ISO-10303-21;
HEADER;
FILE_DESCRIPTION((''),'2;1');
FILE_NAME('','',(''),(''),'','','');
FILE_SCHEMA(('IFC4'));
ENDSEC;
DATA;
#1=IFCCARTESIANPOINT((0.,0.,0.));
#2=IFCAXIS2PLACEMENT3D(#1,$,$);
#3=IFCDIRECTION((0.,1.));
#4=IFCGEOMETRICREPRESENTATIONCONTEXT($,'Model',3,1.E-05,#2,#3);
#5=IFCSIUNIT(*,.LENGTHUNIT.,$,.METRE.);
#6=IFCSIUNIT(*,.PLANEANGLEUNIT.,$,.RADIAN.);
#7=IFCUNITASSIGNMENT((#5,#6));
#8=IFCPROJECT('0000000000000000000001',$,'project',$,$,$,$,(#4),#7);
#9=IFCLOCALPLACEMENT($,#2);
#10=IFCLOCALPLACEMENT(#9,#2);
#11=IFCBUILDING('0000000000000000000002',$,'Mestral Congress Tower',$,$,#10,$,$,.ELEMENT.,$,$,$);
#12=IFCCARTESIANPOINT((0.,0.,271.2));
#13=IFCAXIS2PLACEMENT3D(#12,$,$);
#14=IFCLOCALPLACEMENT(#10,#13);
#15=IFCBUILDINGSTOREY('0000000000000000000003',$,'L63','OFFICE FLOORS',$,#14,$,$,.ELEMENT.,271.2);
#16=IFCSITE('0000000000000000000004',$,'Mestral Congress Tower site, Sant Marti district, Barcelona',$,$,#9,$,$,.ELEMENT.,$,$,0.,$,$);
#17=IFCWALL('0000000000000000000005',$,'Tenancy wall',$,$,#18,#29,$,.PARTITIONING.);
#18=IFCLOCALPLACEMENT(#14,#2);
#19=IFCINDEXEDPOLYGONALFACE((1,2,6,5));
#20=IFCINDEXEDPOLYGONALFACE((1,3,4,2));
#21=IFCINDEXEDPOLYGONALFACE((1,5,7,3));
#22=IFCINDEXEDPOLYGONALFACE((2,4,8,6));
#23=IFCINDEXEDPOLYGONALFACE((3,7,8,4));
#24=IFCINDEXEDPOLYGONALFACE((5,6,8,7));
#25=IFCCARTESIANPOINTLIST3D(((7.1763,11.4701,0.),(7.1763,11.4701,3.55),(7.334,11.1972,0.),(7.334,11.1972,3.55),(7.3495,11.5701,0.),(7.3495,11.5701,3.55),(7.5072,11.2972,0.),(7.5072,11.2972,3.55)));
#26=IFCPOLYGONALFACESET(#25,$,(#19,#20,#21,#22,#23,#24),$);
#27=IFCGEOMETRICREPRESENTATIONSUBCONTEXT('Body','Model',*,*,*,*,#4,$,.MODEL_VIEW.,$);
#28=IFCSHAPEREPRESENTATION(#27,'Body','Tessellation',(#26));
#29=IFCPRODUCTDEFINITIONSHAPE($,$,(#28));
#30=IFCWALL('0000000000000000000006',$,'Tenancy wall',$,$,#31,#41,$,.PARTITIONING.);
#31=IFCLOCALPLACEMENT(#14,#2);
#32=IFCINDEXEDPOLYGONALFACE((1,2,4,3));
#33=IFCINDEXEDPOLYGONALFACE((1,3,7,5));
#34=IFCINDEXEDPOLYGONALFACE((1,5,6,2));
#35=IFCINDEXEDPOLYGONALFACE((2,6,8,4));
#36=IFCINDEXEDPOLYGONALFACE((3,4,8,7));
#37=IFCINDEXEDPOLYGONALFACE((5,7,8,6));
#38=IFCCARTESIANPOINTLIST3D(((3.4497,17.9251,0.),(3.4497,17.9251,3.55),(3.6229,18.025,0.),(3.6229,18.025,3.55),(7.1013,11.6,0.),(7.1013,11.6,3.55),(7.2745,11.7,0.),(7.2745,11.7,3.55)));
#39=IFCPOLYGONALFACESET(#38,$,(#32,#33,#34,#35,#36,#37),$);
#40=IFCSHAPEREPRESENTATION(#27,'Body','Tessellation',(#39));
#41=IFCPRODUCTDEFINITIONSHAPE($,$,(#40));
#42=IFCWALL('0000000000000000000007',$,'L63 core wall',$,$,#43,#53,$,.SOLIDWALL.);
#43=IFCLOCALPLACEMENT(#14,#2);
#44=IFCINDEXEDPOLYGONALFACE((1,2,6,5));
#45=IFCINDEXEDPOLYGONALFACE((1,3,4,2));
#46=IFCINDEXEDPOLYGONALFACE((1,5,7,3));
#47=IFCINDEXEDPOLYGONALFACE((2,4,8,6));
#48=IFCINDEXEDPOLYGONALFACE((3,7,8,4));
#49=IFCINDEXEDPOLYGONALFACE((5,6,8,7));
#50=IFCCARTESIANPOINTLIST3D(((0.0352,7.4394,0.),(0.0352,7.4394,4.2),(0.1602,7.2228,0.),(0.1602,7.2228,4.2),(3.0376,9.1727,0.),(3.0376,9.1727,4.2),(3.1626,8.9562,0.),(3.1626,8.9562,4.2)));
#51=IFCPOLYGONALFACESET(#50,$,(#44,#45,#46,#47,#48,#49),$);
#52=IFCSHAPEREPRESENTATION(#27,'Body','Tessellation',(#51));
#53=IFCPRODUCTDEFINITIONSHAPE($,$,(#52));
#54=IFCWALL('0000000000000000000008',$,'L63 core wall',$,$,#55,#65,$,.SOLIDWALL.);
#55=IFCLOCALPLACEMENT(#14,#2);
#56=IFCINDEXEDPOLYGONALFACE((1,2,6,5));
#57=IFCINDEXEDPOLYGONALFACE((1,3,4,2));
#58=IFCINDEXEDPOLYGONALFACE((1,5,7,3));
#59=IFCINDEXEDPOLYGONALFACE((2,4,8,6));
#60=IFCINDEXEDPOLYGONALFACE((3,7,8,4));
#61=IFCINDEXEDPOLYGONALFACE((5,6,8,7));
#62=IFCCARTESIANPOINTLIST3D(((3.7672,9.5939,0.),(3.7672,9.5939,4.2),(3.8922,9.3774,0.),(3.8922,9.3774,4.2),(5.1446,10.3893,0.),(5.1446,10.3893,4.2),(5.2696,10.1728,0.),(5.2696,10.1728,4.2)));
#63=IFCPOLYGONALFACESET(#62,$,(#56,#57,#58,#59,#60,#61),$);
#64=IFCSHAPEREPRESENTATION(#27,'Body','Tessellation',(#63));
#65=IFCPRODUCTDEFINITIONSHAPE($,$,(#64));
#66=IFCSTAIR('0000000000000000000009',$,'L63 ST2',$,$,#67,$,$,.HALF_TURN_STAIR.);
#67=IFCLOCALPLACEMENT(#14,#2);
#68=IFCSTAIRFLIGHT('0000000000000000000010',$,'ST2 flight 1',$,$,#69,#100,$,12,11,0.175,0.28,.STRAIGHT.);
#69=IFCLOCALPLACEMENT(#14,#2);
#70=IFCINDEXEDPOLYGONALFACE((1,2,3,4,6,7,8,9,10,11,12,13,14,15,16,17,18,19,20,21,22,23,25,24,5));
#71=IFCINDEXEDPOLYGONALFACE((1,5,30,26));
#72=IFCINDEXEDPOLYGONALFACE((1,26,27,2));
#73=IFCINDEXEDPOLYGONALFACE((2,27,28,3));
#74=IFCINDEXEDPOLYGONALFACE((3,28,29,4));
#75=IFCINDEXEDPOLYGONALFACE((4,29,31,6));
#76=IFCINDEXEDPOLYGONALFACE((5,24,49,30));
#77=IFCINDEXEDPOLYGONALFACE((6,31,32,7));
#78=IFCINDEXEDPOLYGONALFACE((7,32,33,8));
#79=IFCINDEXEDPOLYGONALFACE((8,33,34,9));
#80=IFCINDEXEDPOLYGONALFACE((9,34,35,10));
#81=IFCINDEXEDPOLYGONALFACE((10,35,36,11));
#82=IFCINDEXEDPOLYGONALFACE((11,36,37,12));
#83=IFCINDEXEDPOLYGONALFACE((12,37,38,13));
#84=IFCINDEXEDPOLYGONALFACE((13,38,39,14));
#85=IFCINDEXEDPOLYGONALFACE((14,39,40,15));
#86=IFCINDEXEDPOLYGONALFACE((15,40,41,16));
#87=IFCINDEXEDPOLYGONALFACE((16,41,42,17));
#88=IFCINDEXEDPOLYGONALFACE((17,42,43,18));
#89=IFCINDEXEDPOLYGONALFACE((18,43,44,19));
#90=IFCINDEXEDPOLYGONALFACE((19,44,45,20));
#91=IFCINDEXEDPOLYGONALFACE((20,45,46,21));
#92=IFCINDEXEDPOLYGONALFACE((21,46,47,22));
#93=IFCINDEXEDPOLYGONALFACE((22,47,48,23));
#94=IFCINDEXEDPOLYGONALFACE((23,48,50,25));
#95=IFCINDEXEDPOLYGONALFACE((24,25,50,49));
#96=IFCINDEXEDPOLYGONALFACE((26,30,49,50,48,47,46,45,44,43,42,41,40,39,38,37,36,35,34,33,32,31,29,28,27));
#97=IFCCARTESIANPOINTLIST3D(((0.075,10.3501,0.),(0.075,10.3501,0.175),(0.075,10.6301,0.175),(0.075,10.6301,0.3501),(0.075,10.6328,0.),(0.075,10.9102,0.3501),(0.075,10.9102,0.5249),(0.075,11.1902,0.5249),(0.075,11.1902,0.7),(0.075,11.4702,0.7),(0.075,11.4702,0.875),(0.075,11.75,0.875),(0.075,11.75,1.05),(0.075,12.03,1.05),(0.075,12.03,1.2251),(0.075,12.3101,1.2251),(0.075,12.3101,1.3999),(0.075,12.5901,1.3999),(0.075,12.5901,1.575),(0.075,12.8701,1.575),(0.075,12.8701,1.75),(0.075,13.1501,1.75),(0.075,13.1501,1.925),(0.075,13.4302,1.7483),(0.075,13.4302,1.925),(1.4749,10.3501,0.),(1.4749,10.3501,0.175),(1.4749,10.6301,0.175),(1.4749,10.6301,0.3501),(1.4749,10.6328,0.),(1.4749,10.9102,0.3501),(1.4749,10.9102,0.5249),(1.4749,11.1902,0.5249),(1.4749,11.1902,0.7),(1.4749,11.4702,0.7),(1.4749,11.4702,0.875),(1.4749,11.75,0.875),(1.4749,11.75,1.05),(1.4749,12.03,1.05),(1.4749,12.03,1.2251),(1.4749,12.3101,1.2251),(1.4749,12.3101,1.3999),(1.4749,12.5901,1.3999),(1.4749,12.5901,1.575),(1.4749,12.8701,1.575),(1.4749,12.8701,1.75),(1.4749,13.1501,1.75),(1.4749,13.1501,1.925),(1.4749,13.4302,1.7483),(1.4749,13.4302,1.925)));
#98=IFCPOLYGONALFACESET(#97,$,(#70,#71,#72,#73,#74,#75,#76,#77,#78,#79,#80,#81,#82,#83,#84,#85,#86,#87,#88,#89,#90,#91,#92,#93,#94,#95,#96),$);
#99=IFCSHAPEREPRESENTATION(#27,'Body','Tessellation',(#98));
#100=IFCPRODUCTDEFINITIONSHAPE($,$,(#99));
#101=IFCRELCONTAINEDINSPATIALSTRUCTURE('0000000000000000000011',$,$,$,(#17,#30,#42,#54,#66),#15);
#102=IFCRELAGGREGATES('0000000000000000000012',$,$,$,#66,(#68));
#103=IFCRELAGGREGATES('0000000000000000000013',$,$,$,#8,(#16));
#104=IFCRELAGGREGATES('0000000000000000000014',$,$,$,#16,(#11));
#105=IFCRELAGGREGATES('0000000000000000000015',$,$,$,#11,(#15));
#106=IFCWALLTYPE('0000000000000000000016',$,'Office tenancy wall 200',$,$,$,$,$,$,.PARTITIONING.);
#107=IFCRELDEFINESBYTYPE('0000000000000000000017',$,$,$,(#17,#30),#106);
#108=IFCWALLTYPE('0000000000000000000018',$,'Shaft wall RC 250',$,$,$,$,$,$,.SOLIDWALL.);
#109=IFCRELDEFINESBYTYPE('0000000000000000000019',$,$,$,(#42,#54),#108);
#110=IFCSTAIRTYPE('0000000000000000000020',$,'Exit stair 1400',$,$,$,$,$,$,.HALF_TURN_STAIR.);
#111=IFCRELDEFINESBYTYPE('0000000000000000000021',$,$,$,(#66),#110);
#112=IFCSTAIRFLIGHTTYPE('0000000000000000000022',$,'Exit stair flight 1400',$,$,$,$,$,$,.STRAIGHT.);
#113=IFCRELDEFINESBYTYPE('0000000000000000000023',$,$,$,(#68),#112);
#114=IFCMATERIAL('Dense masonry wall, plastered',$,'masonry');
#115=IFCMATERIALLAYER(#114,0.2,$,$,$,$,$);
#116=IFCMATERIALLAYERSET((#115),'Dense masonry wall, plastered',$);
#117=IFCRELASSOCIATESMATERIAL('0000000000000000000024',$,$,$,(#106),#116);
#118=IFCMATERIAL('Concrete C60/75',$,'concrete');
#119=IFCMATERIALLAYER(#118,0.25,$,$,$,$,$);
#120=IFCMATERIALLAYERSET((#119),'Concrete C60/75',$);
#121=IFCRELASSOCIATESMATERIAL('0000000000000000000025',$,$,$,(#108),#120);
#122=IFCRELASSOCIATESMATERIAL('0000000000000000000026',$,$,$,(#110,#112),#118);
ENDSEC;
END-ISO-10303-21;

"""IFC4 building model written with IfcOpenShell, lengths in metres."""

from ifc_helpers import new_model, si_unit, direction, frame, frame_2d, origin, place, context, subcontext, project, spatial, polyline, rectangle, outline, extrude, material, layer, layer_set, type_object, element, aggregate, save


model = new_model("IFC4")

# Units and contexts
model_context = context("Model", 3, precision=1e-05, world=origin(), true_north=direction((0.0, 1.0)))
body_context = subcontext(model_context, "Body", "Model", "MODEL_VIEW")
ifc_project = project(units=[si_unit("LENGTHUNIT", "METRE"), si_unit("PLANEANGLEUNIT", "RADIAN")], contexts=[model_context])

# Site, building, storey
site_placement = place(None, origin())
site = spatial("IfcSite", under=ifc_project, at=site_placement, Name="Mestral Congress Tower site, Sant Marti district, Barcelona", CompositionType="ELEMENT", RefElevation=0.0)
building_placement = place(site_placement, origin())
building = spatial("IfcBuilding", under=site, at=building_placement, Name="Mestral Congress Tower", CompositionType="ELEMENT")
storey_placement = place(building_placement, frame((0.0, 0.0, 271.2)))
storey = spatial("IfcBuildingStorey", under=building, at=storey_placement, Name="L63", Description="OFFICE FLOORS", CompositionType="ELEMENT", Elevation=271.2)

# Shared definitions
ifc_material_1 = material(Name="Concrete C60/75", Category="concrete")

# Walls
ifc_material_2 = material(Name="Dense masonry wall, plastered", Category="masonry")
ifc_layer_1 = layer(ifc_material_2, 0.2)
ifc_layer_set_1 = layer_set([ifc_layer_1], Name="Dense masonry wall, plastered")
wall_type_1 = type_object("IfcWallType", Name="Office tenancy wall 200", PredefinedType="PARTITIONING", material=ifc_layer_set_1)
wall_1_placement = place(storey_placement, frame((7.4207, 11.2471, 0.0), z_axis=(0.0, 0.0, 1.0), x_axis=(-0.500303, 0.86585, 0.0)))
element("IfcWall", 1, at=wall_1_placement, inside=storey, type_object=wall_type_1, Name="Tenancy wall", PredefinedType="PARTITIONING", context=body_context, shape_type="SweptSolid", body=[
    extrude(rectangle(XDim=0.3152, YDim=0.2, at=frame_2d((0.1577, 0.0))), origin(), (0.0, 0.0, 1.0), 3.55),
])
wall_2_placement = place(storey_placement, frame((7.188, 11.6499, 0.0), z_axis=(0.0, 0.0, 1.0), x_axis=(-0.49999, 0.866031, 0.0)))
element("IfcWall", 2, at=wall_2_placement, inside=storey, type_object=wall_type_1, Name="Tenancy wall", PredefinedType="PARTITIONING", context=body_context, shape_type="SweptSolid", body=[
    extrude(rectangle(XDim=7.3035, YDim=0.2, at=frame_2d((3.6519, 0.0))), origin(), (0.0, 0.0, 1.0), 3.55),
])
ifc_layer_2 = layer(ifc_material_1, 0.25)
ifc_layer_set_2 = layer_set([ifc_layer_2], Name="Concrete C60/75")
wall_type_2 = type_object("IfcWallType", Name="Shaft wall RC 250", PredefinedType="SOLIDWALL", material=ifc_layer_set_2)
wall_3_placement = place(storey_placement, frame((3.1001, 9.0645, 0.0), z_axis=(0.0, 0.0, 1.0), x_axis=(-0.866033, -0.499987, 0.0)))
element("IfcWall", 3, at=wall_3_placement, inside=storey, type_object=wall_type_2, Name="L63 core wall", PredefinedType="SOLIDWALL", context=body_context, shape_type="SweptSolid", body=[
    extrude(rectangle(XDim=3.4668, YDim=0.25, at=frame_2d((1.7334, 0.0))), origin(), (0.0, 0.0, 1.0), 4.2),
])
wall_4_placement = place(storey_placement, frame((3.8296, 9.4856, 0.0), z_axis=(0.0, 0.0, 1.0), x_axis=(0.865986, 0.500068, 0.0)))
element("IfcWall", 4, at=wall_4_placement, inside=storey, type_object=wall_type_2, Name="L63 core wall", PredefinedType="SOLIDWALL", context=body_context, shape_type="SweptSolid", body=[
    extrude(rectangle(XDim=1.5906, YDim=0.25, at=frame_2d((0.7954, 0.0))), origin(), (0.0, 0.0, 1.0), 4.2),
])

# Stair, stair flight
stair_type = type_object("IfcStairType", Name="Exit stair 1400", PredefinedType="HALF_TURN_STAIR", material=ifc_material_1)
stair_placement = place(storey_placement, origin())
stair = element("IfcStair", 5, at=stair_placement, inside=storey, type_object=stair_type, Name="L63 ST2", PredefinedType="HALF_TURN_STAIR")
stair_flight_type = type_object("IfcStairFlightType", Name="Exit stair flight 1400", PredefinedType="STRAIGHT", material=ifc_material_1)
stair_flight_placement = place(storey_placement, frame((0.7749, 10.3501, 0.0), z_axis=(0.0, 0.0, 1.0), x_axis=(0.0, 1.0, 0.0)))
stair_flight = element("IfcStairFlight", 6, at=stair_flight_placement, type_object=stair_flight_type, Name="ST2 flight 1", NumberOfRisers=12, NumberOfTreads=11, PredefinedType="STRAIGHT", RiserHeight=0.175, TreadLength=0.28, context=body_context, shape_type="SweptSolid", body=[
    extrude(outline(polyline([(0.0, 0.0), (0.0, 0.175), (0.28, 0.175), (0.28, 0.3501), (0.5601, 0.3501), (0.5601, 0.5249), (0.8401, 0.5249), (0.8401, 0.7), (1.1201, 0.7), (1.1201, 0.875), (1.3999, 0.875), (1.3999, 1.05), (1.6799, 1.05), (1.6799, 1.2251), (1.96, 1.2251), (1.96, 1.3999), (2.24, 1.3999), (2.24, 1.575), (2.52, 1.575), (2.52, 1.75), (2.8, 1.75), (2.8, 1.925), (3.0801, 1.925), (3.0801, 2.1001), (3.0801, 1.7483), (0.2827, 0.0), (0.0, 0.0)])), frame((0.0, 0.7, 0.0), z_axis=(0.0, -1.0, 0.0), x_axis=(1.0, 0.0, 0.0)), (0.0, 0.0, 1.0), 1.3999),
])
aggregate(stair, [stair_flight])

save(model, "model.ifc")
